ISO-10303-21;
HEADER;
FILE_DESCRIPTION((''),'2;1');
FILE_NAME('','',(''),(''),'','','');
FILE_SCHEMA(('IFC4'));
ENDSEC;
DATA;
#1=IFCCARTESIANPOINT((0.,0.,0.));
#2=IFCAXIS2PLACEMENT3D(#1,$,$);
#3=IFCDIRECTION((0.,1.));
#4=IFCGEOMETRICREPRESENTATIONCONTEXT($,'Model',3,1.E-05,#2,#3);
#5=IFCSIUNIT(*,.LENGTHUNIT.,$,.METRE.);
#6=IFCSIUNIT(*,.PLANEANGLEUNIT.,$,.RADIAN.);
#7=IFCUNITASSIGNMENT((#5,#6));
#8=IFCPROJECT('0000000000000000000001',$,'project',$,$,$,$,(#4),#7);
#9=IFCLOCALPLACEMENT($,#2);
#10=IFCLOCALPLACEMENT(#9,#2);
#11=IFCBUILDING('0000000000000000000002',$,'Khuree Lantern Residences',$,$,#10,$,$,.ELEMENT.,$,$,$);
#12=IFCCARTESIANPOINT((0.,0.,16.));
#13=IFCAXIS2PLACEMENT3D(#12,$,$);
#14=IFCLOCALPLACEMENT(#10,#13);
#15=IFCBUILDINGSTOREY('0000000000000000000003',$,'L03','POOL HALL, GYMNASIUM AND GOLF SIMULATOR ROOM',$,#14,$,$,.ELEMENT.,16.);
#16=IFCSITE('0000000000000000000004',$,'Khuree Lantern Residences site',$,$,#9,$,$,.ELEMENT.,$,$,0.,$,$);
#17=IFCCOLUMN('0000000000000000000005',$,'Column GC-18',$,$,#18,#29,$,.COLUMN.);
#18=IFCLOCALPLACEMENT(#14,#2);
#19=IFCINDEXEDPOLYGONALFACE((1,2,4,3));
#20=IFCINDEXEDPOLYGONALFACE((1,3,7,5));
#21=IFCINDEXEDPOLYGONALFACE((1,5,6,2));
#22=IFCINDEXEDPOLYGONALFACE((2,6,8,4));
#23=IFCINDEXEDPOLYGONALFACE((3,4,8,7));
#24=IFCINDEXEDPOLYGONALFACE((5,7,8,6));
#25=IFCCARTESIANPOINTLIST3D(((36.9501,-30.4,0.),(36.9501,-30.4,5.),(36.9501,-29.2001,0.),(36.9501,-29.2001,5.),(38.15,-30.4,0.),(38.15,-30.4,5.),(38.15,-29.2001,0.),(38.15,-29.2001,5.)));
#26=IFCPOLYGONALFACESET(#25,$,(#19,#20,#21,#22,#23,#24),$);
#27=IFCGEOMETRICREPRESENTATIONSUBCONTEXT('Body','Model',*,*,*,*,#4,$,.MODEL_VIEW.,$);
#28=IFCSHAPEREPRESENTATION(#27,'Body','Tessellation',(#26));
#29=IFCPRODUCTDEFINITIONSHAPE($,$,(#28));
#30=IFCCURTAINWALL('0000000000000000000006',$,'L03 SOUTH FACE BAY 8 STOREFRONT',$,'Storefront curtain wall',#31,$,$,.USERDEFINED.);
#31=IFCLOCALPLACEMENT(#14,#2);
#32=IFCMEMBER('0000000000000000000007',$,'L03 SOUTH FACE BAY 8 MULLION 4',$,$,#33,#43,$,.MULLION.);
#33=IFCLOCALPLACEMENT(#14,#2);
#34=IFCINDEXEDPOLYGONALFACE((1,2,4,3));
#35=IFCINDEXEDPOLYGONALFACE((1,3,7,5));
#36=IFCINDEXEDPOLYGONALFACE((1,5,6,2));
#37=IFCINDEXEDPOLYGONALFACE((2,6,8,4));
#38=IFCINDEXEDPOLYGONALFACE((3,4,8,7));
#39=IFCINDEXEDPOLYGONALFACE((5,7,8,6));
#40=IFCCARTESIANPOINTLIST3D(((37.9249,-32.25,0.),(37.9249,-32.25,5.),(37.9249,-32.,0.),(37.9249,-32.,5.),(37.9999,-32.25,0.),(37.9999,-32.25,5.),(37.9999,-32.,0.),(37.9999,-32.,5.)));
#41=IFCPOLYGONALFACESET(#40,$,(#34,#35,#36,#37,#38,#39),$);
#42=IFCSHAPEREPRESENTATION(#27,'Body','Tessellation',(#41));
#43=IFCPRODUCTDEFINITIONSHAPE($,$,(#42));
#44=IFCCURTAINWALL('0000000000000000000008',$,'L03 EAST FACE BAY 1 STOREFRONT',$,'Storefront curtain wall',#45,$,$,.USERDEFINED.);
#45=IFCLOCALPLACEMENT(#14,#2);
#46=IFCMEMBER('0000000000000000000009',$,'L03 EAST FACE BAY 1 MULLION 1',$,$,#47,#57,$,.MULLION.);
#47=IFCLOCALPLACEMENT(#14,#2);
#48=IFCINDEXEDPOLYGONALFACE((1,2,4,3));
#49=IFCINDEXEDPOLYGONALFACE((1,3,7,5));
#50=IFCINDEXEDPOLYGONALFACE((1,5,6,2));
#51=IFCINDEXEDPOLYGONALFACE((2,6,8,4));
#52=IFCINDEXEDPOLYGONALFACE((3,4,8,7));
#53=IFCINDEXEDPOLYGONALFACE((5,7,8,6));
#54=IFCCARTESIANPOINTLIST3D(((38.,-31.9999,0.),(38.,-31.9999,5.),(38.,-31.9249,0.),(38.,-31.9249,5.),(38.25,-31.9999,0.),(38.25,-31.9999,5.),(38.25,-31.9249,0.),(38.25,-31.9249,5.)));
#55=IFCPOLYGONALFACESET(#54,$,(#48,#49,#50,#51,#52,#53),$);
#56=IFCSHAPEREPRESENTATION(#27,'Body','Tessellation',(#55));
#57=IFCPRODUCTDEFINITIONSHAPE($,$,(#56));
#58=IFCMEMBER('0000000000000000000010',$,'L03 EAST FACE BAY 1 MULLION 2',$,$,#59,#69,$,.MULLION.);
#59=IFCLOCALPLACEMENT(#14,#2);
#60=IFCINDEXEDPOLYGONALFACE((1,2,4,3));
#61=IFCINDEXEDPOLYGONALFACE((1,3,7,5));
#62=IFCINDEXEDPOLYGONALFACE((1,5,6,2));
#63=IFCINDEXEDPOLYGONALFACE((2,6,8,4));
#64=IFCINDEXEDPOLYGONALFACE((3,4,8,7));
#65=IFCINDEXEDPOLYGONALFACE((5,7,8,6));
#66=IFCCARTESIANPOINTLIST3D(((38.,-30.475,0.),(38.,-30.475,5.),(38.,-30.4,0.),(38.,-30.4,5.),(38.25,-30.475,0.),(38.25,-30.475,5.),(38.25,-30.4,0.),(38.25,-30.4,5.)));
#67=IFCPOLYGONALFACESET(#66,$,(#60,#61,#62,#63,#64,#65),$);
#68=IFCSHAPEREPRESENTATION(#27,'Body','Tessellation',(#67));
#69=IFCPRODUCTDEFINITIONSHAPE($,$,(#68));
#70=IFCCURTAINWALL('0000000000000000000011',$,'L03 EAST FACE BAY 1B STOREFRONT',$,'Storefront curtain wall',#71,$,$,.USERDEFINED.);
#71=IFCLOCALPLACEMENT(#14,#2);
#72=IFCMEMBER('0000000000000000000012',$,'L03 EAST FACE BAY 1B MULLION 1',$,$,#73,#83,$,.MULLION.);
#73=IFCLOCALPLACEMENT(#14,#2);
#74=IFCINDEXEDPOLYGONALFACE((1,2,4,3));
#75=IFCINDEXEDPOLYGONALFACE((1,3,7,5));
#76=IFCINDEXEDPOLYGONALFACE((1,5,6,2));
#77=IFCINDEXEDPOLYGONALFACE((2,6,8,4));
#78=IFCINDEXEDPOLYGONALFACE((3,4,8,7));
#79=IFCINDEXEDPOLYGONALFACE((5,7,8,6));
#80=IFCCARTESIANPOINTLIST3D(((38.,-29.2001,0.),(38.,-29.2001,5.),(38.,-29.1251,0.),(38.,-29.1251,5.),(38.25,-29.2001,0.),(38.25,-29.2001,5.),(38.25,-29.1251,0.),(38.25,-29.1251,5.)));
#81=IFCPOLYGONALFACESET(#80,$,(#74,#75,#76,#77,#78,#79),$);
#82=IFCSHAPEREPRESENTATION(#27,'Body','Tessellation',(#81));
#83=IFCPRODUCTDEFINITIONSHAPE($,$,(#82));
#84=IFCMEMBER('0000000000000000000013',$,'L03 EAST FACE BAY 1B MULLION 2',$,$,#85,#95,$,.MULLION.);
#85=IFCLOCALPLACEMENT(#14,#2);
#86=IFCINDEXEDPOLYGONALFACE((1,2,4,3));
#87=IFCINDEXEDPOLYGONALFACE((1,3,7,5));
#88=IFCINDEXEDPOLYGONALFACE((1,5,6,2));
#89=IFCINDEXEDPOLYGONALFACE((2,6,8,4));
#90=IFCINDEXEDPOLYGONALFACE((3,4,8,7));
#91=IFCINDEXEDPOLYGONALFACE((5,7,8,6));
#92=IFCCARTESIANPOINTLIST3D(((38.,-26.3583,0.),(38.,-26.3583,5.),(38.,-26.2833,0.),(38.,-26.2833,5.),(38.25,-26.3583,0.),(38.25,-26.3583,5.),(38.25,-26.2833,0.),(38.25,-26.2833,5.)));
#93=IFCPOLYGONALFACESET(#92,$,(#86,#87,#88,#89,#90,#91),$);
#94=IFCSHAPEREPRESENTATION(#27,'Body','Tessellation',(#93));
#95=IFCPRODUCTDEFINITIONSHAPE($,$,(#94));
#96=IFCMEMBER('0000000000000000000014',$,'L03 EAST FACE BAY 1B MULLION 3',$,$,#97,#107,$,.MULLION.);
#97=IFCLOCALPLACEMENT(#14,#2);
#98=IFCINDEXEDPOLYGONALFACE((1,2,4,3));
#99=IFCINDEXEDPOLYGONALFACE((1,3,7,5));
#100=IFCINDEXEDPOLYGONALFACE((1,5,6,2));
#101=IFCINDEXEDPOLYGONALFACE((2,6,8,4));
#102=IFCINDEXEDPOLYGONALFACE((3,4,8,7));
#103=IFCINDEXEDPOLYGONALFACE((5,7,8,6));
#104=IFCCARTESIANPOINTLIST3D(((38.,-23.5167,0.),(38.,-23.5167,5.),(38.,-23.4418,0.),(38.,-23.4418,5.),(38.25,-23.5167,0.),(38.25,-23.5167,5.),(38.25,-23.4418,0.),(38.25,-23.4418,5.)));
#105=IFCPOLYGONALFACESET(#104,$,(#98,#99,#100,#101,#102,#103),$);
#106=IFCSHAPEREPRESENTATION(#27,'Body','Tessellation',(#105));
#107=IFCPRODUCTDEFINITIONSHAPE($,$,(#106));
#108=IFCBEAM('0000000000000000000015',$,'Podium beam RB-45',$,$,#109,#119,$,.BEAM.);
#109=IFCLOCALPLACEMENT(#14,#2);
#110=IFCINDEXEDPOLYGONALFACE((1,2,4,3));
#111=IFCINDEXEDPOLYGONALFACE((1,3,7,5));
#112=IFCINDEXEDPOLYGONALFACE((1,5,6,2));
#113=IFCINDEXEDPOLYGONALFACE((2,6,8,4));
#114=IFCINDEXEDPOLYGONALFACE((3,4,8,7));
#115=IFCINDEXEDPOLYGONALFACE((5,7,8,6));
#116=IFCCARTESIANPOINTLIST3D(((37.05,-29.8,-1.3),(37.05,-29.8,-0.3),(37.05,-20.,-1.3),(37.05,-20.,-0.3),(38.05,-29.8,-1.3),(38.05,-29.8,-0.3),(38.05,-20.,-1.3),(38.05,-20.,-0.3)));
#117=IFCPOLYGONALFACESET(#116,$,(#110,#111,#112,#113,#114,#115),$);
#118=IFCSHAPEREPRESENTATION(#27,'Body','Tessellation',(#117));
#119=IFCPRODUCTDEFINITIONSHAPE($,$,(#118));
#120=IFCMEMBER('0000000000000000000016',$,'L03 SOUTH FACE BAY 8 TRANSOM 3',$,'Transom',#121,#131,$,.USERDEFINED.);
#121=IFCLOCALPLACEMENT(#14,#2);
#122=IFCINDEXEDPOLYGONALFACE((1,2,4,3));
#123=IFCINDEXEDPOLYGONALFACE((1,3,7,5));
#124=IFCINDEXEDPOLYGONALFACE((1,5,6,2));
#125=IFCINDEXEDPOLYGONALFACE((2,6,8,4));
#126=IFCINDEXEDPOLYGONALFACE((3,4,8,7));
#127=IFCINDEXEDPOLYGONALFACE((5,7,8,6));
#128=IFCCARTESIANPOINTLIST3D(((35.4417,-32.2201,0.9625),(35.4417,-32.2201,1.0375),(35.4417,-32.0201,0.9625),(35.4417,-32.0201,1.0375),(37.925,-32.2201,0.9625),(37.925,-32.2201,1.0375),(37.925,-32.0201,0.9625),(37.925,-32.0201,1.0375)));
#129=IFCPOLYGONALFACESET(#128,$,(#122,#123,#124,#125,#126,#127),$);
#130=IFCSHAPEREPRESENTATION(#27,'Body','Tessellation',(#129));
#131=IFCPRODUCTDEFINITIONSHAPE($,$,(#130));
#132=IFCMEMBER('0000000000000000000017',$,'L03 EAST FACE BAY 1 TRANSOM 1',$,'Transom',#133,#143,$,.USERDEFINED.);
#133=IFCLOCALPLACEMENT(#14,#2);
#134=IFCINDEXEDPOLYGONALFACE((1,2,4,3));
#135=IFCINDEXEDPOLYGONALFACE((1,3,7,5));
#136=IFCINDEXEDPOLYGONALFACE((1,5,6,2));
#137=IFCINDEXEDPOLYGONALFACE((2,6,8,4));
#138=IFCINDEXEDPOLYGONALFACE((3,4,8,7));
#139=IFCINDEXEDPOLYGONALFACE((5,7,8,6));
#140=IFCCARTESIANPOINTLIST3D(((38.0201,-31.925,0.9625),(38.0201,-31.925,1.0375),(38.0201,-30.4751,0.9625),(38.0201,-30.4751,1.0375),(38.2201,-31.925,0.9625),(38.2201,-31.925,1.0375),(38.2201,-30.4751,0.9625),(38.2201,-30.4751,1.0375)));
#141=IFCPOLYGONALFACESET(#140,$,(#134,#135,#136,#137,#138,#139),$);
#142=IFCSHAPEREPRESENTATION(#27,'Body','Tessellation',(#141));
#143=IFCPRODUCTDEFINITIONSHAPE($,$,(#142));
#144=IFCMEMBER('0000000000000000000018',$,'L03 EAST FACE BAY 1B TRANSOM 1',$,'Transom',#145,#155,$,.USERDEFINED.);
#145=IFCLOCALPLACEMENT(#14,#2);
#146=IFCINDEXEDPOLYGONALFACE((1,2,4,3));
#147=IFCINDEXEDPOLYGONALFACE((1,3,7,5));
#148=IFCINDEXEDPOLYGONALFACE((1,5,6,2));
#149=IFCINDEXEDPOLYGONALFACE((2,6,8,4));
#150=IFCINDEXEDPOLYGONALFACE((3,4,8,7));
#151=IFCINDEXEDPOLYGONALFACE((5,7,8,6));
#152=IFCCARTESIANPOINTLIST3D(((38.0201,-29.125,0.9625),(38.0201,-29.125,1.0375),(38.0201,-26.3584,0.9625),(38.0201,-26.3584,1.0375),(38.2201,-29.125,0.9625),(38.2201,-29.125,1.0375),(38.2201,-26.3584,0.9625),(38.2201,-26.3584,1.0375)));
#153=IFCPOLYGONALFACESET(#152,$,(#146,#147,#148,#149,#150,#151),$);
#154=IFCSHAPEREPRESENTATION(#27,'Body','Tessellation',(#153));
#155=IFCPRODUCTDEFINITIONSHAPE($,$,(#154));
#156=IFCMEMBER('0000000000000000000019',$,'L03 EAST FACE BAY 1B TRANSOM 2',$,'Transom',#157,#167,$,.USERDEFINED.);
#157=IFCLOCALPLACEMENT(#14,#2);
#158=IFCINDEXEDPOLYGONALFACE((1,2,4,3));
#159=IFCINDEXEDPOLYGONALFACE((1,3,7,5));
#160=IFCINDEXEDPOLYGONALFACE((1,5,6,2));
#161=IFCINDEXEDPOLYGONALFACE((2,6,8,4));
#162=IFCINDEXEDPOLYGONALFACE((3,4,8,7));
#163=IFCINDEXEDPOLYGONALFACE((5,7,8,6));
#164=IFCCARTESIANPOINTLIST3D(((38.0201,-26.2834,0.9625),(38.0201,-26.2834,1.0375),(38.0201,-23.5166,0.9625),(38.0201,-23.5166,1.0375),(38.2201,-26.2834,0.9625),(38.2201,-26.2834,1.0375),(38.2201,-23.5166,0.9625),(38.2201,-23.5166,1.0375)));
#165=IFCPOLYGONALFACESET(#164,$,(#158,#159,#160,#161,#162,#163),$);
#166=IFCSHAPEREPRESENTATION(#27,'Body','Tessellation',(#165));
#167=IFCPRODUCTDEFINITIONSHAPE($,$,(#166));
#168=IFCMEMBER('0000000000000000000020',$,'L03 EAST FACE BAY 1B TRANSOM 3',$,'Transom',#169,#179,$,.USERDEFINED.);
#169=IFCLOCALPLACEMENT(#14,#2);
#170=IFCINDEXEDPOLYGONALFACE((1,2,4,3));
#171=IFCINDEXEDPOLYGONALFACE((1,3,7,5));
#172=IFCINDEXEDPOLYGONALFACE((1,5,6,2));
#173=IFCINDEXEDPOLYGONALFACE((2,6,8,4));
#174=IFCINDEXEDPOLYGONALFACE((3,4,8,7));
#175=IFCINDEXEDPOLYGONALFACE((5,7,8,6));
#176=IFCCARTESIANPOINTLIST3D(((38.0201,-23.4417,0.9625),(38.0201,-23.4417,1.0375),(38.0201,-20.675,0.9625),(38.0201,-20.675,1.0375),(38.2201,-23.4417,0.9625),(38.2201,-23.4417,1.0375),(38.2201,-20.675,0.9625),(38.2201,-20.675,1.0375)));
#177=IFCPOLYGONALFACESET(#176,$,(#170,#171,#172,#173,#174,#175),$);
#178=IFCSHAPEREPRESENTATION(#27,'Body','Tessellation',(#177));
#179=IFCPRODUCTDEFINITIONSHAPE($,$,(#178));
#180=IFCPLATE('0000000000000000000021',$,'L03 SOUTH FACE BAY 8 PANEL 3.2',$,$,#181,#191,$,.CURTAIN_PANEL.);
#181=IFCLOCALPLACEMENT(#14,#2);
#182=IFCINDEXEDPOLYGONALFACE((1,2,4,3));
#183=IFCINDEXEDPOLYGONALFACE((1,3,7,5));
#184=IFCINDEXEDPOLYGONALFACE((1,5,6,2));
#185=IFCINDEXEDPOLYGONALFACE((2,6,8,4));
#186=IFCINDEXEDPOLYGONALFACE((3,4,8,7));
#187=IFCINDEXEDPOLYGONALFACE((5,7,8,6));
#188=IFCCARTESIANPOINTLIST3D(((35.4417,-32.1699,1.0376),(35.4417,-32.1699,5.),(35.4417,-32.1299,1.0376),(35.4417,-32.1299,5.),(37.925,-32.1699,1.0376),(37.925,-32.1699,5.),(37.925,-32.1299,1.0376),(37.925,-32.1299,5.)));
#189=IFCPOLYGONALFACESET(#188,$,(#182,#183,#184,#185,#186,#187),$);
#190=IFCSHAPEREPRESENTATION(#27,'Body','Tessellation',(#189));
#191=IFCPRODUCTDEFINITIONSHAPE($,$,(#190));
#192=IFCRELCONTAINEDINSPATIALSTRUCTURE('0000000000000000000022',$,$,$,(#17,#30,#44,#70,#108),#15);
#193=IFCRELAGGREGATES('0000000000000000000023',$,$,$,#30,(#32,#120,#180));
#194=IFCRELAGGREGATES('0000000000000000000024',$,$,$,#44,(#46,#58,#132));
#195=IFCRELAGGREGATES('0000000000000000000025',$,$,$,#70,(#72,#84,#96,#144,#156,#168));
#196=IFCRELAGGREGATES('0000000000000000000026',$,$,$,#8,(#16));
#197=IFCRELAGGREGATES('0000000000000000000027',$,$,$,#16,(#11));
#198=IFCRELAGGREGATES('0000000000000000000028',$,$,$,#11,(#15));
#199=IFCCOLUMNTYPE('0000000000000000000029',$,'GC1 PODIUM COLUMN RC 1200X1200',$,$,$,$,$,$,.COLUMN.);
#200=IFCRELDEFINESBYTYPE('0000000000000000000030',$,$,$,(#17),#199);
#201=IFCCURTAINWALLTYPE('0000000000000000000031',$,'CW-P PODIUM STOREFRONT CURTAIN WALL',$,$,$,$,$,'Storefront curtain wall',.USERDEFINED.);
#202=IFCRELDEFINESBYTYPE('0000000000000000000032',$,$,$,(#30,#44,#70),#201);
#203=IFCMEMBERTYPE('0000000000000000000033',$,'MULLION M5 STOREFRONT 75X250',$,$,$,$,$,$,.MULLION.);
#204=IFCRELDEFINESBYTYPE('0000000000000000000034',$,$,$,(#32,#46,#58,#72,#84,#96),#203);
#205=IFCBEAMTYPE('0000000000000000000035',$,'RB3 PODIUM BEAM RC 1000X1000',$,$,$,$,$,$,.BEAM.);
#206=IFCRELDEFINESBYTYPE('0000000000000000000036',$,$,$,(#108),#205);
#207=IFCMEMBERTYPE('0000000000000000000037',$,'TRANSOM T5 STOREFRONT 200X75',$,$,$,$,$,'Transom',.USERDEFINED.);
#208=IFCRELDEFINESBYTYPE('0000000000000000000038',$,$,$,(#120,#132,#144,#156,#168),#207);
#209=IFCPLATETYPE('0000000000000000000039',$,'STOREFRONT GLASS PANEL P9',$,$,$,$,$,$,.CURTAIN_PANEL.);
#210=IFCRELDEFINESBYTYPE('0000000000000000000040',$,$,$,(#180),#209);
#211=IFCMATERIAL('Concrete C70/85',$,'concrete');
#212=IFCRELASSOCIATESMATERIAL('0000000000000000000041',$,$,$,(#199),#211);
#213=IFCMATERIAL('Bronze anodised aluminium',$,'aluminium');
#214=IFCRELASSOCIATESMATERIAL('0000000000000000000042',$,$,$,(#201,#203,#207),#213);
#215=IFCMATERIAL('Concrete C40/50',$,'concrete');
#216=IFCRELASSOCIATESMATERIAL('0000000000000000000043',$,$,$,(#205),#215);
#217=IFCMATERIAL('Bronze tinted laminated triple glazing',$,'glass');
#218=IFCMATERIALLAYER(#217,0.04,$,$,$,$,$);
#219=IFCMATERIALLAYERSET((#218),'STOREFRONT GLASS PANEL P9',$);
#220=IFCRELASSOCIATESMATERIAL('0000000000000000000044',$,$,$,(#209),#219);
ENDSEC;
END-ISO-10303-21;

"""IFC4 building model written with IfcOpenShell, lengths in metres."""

from ifc_helpers import new_model, si_unit, direction, frame, origin, origin_2d, place, context, subcontext, project, spatial, rectangle, extrude, material, layer, layer_set, material_profile, profile_set, type_object, element, aggregate, save


model = new_model("IFC4")

# Units and contexts
model_context = context("Model", 3, precision=1e-05, world=origin(), true_north=direction((0.0, 1.0)))
body_context = subcontext(model_context, "Body", "Model", "MODEL_VIEW")
ifc_project = project(units=[si_unit("LENGTHUNIT", "METRE"), si_unit("PLANEANGLEUNIT", "RADIAN")], contexts=[model_context])

# Site, building, storey
site_placement = place(None, origin())
site = spatial("IfcSite", under=ifc_project, at=site_placement, Name="Khuree Lantern Residences site", CompositionType="ELEMENT", RefElevation=0.0)
building_placement = place(site_placement, origin())
building = spatial("IfcBuilding", under=site, at=building_placement, Name="Khuree Lantern Residences", CompositionType="ELEMENT")
storey_placement = place(building_placement, frame((0.0, 0.0, 16.0)))
storey = spatial("IfcBuildingStorey", under=building, at=storey_placement, Name="L03", Description="POOL HALL, GYMNASIUM AND GOLF SIMULATOR ROOM", CompositionType="ELEMENT", Elevation=16.0)

# Column
ifc_material_1 = material(Name="Concrete C70/85", Category="concrete")
ifc_material_profile_1 = material_profile(ifc_material_1, rectangle(XDim=1.2, YDim=1.2, at=origin_2d()), Name="RC 1200X1200")
ifc_profile_set_1 = profile_set([ifc_material_profile_1], Name="Concrete C70/85")
column_type = type_object("IfcColumnType", Name="GC1 PODIUM COLUMN RC 1200X1200", PredefinedType="COLUMN", material=ifc_profile_set_1)
column_placement = place(storey_placement, frame((37.55, -29.8, 0.0), z_axis=(0.0, 0.0, 1.0), x_axis=(1.0, 0.0, 0.0)))
element("IfcColumn", 1, at=column_placement, inside=storey, type_object=column_type, Name="Column GC-18", PredefinedType="COLUMN", context=body_context, shape_type="SweptSolid", body=[
    extrude(rectangle(XDim=1.2, YDim=1.2, at=origin_2d()), origin(), (0.0, 0.0, 1.0), 5.0),
])

# Curtain wall, member
ifc_material_2 = material(Name="Bronze anodised aluminium", Category="aluminium")
curtain_wall_type = type_object("IfcCurtainWallType", Name="CW-P PODIUM STOREFRONT CURTAIN WALL", ElementType="Storefront curtain wall", PredefinedType="USERDEFINED", material=ifc_material_2)
curtain_wall_1_placement = place(storey_placement, origin())
curtain_wall_1 = element("IfcCurtainWall", 2, at=curtain_wall_1_placement, inside=storey, type_object=curtain_wall_type, Name="L03 SOUTH FACE BAY 8 STOREFRONT", ObjectType="Storefront curtain wall", PredefinedType="USERDEFINED")
ifc_material_profile_2 = material_profile(ifc_material_2, rectangle(XDim=0.075, YDim=0.25, at=origin_2d()), Name="M5 75X250")
ifc_profile_set_2 = profile_set([ifc_material_profile_2], Name="Bronze anodised aluminium")
member_type_1 = type_object("IfcMemberType", Name="MULLION M5 STOREFRONT 75X250", PredefinedType="MULLION", material=ifc_profile_set_2)
member_1_placement = place(storey_placement, frame((37.9624, -32.125, 0.0), z_axis=(0.0, 0.0, 1.0), x_axis=(1.0, 0.0, 0.0)))
member_1 = element("IfcMember", 3, at=member_1_placement, type_object=member_type_1, Name="L03 SOUTH FACE BAY 8 MULLION 4", PredefinedType="MULLION", context=body_context, shape_type="SweptSolid", body=[
    extrude(rectangle(XDim=0.075, YDim=0.25, at=origin_2d()), origin(), (0.0, 0.0, 1.0), 5.0),
])

# Curtain walls, members
curtain_wall_2_placement = place(storey_placement, origin())
curtain_wall_2 = element("IfcCurtainWall", 4, at=curtain_wall_2_placement, inside=storey, type_object=curtain_wall_type, Name="L03 EAST FACE BAY 1 STOREFRONT", ObjectType="Storefront curtain wall", PredefinedType="USERDEFINED")
member_2_placement = place(storey_placement, frame((38.125, -31.9624, 0.0), z_axis=(0.0, 0.0, 1.0), x_axis=(0.0, 1.0, 0.0)))
member_2 = element("IfcMember", 5, at=member_2_placement, type_object=member_type_1, Name="L03 EAST FACE BAY 1 MULLION 1", PredefinedType="MULLION", context=body_context, shape_type="SweptSolid", body=[
    extrude(rectangle(XDim=0.075, YDim=0.25, at=origin_2d()), origin(), (0.0, 0.0, 1.0), 5.0),
])
member_3_placement = place(storey_placement, frame((38.125, -30.4375, 0.0), z_axis=(0.0, 0.0, 1.0), x_axis=(0.0, 1.0, 0.0)))
member_3 = element("IfcMember", 6, at=member_3_placement, type_object=member_type_1, Name="L03 EAST FACE BAY 1 MULLION 2", PredefinedType="MULLION", context=body_context, shape_type="SweptSolid", body=[
    extrude(rectangle(XDim=0.075, YDim=0.25, at=origin_2d()), origin(), (0.0, 0.0, 1.0), 5.0),
])
curtain_wall_3_placement = place(storey_placement, origin())
curtain_wall_3 = element("IfcCurtainWall", 7, at=curtain_wall_3_placement, inside=storey, type_object=curtain_wall_type, Name="L03 EAST FACE BAY 1B STOREFRONT", ObjectType="Storefront curtain wall", PredefinedType="USERDEFINED")
member_4_placement = place(storey_placement, frame((38.125, -29.1626, 0.0), z_axis=(0.0, 0.0, 1.0), x_axis=(0.0, 1.0, 0.0)))
member_4 = element("IfcMember", 8, at=member_4_placement, type_object=member_type_1, Name="L03 EAST FACE BAY 1B MULLION 1", PredefinedType="MULLION", context=body_context, shape_type="SweptSolid", body=[
    extrude(rectangle(XDim=0.075, YDim=0.25, at=origin_2d()), origin(), (0.0, 0.0, 1.0), 5.0),
])
member_5_placement = place(storey_placement, frame((38.125, -26.3208, 0.0), z_axis=(0.0, 0.0, 1.0), x_axis=(0.0, 1.0, 0.0)))
member_5 = element("IfcMember", 9, at=member_5_placement, type_object=member_type_1, Name="L03 EAST FACE BAY 1B MULLION 2", PredefinedType="MULLION", context=body_context, shape_type="SweptSolid", body=[
    extrude(rectangle(XDim=0.075, YDim=0.25, at=origin_2d()), origin(), (0.0, 0.0, 1.0), 5.0),
])
member_6_placement = place(storey_placement, frame((38.125, -23.4792, 0.0), z_axis=(0.0, 0.0, 1.0), x_axis=(0.0, 1.0, 0.0)))
member_6 = element("IfcMember", 10, at=member_6_placement, type_object=member_type_1, Name="L03 EAST FACE BAY 1B MULLION 3", PredefinedType="MULLION", context=body_context, shape_type="SweptSolid", body=[
    extrude(rectangle(XDim=0.075, YDim=0.25, at=origin_2d()), origin(), (0.0, 0.0, 1.0), 5.0),
])

# Beam
ifc_material_3 = material(Name="Concrete C40/50", Category="concrete")
ifc_material_profile_3 = material_profile(ifc_material_3, rectangle(XDim=1.0, YDim=1.0, at=origin_2d()), Name="RC 1000X1000")
ifc_profile_set_3 = profile_set([ifc_material_profile_3], Name="Concrete C40/50")
beam_type = type_object("IfcBeamType", Name="RB3 PODIUM BEAM RC 1000X1000", PredefinedType="BEAM", material=ifc_profile_set_3)
beam_placement = place(storey_placement, frame((37.55, -29.8, -0.8), z_axis=(0.0, 1.0, 0.0), x_axis=(-1.0, 0.0, 0.0)))
element("IfcBeam", 11, at=beam_placement, inside=storey, type_object=beam_type, Name="Podium beam RB-45", PredefinedType="BEAM", context=body_context, shape_type="SweptSolid", body=[
    extrude(rectangle(XDim=1.0, YDim=1.0, at=origin_2d()), origin(), (0.0, 0.0, 1.0), 9.8),
])

# Members
ifc_material_profile_4 = material_profile(ifc_material_2, rectangle(XDim=0.2, YDim=0.075, at=origin_2d()), Name="T5 200X75")
ifc_profile_set_4 = profile_set([ifc_material_profile_4], Name="Bronze anodised aluminium")
member_type_2 = type_object("IfcMemberType", Name="TRANSOM T5 STOREFRONT 200X75", ElementType="Transom", PredefinedType="USERDEFINED", material=ifc_profile_set_4)
member_7_placement = place(storey_placement, frame((35.4417, -32.1201, 1.0), z_axis=(1.0, 0.0, 0.0), x_axis=(0.0, 1.0, 0.0)))
member_7 = element("IfcMember", 12, at=member_7_placement, type_object=member_type_2, Name="L03 SOUTH FACE BAY 8 TRANSOM 3", ObjectType="Transom", PredefinedType="USERDEFINED", context=body_context, shape_type="SweptSolid", body=[
    extrude(rectangle(XDim=0.2, YDim=0.075, at=origin_2d()), origin(), (0.0, 0.0, 1.0), 2.4834),
])
member_8_placement = place(storey_placement, frame((38.1201, -31.925, 1.0), z_axis=(0.0, 1.0, 0.0), x_axis=(-1.0, 0.0, 0.0)))
member_8 = element("IfcMember", 13, at=member_8_placement, type_object=member_type_2, Name="L03 EAST FACE BAY 1 TRANSOM 1", ObjectType="Transom", PredefinedType="USERDEFINED", context=body_context, shape_type="SweptSolid", body=[
    extrude(rectangle(XDim=0.2, YDim=0.075, at=origin_2d()), origin(), (0.0, 0.0, 1.0), 1.45),
])
member_9_placement = place(storey_placement, frame((38.1201, -29.125, 1.0), z_axis=(0.0, 1.0, 0.0), x_axis=(-1.0, 0.0, 0.0)))
member_9 = element("IfcMember", 14, at=member_9_placement, type_object=member_type_2, Name="L03 EAST FACE BAY 1B TRANSOM 1", ObjectType="Transom", PredefinedType="USERDEFINED", context=body_context, shape_type="SweptSolid", body=[
    extrude(rectangle(XDim=0.2, YDim=0.075, at=origin_2d()), origin(), (0.0, 0.0, 1.0), 2.7666),
])
member_10_placement = place(storey_placement, frame((38.1201, -26.2834, 1.0), z_axis=(0.0, 1.0, 0.0), x_axis=(-1.0, 0.0, 0.0)))
member_10 = element("IfcMember", 15, at=member_10_placement, type_object=member_type_2, Name="L03 EAST FACE BAY 1B TRANSOM 2", ObjectType="Transom", PredefinedType="USERDEFINED", context=body_context, shape_type="SweptSolid", body=[
    extrude(rectangle(XDim=0.2, YDim=0.075, at=origin_2d()), origin(), (0.0, 0.0, 1.0), 2.7668),
])
member_11_placement = place(storey_placement, frame((38.1201, -23.4417, 1.0), z_axis=(0.0, 1.0, 0.0), x_axis=(-1.0, 0.0, 0.0)))
member_11 = element("IfcMember", 16, at=member_11_placement, type_object=member_type_2, Name="L03 EAST FACE BAY 1B TRANSOM 3", ObjectType="Transom", PredefinedType="USERDEFINED", context=body_context, shape_type="SweptSolid", body=[
    extrude(rectangle(XDim=0.2, YDim=0.075, at=origin_2d()), origin(), (0.0, 0.0, 1.0), 2.7666),
])

# Plate
ifc_material_4 = material(Name="Bronze tinted laminated triple glazing", Category="glass")
ifc_layer_1 = layer(ifc_material_4, 0.04)
ifc_layer_set_1 = layer_set([ifc_layer_1], Name="STOREFRONT GLASS PANEL P9")
plate_type_1 = type_object("IfcPlateType", Name="STOREFRONT GLASS PANEL P9", PredefinedType="CURTAIN_PANEL", material=ifc_layer_set_1)
plate_1_placement = place(storey_placement, frame((36.6833, -32.1499, 1.0376), z_axis=(0.0, 0.0, 1.0), x_axis=(1.0, 0.0, 0.0)))
plate_1 = element("IfcPlate", 17, at=plate_1_placement, type_object=plate_type_1, Name="L03 SOUTH FACE BAY 8 PANEL 3.2", PredefinedType="CURTAIN_PANEL", context=body_context, shape_type="SweptSolid", body=[
    extrude(rectangle(XDim=2.4834, YDim=0.04, at=origin_2d()), origin(), (0.0, 0.0, 1.0), 3.9624),
])
aggregate(curtain_wall_1, [member_1, member_7, plate_1])
aggregate(curtain_wall_2, [member_2, member_3, member_8])
aggregate(curtain_wall_3, [member_4, member_5, member_6, member_9, member_10, member_11])

save(model, "model.ifc")
